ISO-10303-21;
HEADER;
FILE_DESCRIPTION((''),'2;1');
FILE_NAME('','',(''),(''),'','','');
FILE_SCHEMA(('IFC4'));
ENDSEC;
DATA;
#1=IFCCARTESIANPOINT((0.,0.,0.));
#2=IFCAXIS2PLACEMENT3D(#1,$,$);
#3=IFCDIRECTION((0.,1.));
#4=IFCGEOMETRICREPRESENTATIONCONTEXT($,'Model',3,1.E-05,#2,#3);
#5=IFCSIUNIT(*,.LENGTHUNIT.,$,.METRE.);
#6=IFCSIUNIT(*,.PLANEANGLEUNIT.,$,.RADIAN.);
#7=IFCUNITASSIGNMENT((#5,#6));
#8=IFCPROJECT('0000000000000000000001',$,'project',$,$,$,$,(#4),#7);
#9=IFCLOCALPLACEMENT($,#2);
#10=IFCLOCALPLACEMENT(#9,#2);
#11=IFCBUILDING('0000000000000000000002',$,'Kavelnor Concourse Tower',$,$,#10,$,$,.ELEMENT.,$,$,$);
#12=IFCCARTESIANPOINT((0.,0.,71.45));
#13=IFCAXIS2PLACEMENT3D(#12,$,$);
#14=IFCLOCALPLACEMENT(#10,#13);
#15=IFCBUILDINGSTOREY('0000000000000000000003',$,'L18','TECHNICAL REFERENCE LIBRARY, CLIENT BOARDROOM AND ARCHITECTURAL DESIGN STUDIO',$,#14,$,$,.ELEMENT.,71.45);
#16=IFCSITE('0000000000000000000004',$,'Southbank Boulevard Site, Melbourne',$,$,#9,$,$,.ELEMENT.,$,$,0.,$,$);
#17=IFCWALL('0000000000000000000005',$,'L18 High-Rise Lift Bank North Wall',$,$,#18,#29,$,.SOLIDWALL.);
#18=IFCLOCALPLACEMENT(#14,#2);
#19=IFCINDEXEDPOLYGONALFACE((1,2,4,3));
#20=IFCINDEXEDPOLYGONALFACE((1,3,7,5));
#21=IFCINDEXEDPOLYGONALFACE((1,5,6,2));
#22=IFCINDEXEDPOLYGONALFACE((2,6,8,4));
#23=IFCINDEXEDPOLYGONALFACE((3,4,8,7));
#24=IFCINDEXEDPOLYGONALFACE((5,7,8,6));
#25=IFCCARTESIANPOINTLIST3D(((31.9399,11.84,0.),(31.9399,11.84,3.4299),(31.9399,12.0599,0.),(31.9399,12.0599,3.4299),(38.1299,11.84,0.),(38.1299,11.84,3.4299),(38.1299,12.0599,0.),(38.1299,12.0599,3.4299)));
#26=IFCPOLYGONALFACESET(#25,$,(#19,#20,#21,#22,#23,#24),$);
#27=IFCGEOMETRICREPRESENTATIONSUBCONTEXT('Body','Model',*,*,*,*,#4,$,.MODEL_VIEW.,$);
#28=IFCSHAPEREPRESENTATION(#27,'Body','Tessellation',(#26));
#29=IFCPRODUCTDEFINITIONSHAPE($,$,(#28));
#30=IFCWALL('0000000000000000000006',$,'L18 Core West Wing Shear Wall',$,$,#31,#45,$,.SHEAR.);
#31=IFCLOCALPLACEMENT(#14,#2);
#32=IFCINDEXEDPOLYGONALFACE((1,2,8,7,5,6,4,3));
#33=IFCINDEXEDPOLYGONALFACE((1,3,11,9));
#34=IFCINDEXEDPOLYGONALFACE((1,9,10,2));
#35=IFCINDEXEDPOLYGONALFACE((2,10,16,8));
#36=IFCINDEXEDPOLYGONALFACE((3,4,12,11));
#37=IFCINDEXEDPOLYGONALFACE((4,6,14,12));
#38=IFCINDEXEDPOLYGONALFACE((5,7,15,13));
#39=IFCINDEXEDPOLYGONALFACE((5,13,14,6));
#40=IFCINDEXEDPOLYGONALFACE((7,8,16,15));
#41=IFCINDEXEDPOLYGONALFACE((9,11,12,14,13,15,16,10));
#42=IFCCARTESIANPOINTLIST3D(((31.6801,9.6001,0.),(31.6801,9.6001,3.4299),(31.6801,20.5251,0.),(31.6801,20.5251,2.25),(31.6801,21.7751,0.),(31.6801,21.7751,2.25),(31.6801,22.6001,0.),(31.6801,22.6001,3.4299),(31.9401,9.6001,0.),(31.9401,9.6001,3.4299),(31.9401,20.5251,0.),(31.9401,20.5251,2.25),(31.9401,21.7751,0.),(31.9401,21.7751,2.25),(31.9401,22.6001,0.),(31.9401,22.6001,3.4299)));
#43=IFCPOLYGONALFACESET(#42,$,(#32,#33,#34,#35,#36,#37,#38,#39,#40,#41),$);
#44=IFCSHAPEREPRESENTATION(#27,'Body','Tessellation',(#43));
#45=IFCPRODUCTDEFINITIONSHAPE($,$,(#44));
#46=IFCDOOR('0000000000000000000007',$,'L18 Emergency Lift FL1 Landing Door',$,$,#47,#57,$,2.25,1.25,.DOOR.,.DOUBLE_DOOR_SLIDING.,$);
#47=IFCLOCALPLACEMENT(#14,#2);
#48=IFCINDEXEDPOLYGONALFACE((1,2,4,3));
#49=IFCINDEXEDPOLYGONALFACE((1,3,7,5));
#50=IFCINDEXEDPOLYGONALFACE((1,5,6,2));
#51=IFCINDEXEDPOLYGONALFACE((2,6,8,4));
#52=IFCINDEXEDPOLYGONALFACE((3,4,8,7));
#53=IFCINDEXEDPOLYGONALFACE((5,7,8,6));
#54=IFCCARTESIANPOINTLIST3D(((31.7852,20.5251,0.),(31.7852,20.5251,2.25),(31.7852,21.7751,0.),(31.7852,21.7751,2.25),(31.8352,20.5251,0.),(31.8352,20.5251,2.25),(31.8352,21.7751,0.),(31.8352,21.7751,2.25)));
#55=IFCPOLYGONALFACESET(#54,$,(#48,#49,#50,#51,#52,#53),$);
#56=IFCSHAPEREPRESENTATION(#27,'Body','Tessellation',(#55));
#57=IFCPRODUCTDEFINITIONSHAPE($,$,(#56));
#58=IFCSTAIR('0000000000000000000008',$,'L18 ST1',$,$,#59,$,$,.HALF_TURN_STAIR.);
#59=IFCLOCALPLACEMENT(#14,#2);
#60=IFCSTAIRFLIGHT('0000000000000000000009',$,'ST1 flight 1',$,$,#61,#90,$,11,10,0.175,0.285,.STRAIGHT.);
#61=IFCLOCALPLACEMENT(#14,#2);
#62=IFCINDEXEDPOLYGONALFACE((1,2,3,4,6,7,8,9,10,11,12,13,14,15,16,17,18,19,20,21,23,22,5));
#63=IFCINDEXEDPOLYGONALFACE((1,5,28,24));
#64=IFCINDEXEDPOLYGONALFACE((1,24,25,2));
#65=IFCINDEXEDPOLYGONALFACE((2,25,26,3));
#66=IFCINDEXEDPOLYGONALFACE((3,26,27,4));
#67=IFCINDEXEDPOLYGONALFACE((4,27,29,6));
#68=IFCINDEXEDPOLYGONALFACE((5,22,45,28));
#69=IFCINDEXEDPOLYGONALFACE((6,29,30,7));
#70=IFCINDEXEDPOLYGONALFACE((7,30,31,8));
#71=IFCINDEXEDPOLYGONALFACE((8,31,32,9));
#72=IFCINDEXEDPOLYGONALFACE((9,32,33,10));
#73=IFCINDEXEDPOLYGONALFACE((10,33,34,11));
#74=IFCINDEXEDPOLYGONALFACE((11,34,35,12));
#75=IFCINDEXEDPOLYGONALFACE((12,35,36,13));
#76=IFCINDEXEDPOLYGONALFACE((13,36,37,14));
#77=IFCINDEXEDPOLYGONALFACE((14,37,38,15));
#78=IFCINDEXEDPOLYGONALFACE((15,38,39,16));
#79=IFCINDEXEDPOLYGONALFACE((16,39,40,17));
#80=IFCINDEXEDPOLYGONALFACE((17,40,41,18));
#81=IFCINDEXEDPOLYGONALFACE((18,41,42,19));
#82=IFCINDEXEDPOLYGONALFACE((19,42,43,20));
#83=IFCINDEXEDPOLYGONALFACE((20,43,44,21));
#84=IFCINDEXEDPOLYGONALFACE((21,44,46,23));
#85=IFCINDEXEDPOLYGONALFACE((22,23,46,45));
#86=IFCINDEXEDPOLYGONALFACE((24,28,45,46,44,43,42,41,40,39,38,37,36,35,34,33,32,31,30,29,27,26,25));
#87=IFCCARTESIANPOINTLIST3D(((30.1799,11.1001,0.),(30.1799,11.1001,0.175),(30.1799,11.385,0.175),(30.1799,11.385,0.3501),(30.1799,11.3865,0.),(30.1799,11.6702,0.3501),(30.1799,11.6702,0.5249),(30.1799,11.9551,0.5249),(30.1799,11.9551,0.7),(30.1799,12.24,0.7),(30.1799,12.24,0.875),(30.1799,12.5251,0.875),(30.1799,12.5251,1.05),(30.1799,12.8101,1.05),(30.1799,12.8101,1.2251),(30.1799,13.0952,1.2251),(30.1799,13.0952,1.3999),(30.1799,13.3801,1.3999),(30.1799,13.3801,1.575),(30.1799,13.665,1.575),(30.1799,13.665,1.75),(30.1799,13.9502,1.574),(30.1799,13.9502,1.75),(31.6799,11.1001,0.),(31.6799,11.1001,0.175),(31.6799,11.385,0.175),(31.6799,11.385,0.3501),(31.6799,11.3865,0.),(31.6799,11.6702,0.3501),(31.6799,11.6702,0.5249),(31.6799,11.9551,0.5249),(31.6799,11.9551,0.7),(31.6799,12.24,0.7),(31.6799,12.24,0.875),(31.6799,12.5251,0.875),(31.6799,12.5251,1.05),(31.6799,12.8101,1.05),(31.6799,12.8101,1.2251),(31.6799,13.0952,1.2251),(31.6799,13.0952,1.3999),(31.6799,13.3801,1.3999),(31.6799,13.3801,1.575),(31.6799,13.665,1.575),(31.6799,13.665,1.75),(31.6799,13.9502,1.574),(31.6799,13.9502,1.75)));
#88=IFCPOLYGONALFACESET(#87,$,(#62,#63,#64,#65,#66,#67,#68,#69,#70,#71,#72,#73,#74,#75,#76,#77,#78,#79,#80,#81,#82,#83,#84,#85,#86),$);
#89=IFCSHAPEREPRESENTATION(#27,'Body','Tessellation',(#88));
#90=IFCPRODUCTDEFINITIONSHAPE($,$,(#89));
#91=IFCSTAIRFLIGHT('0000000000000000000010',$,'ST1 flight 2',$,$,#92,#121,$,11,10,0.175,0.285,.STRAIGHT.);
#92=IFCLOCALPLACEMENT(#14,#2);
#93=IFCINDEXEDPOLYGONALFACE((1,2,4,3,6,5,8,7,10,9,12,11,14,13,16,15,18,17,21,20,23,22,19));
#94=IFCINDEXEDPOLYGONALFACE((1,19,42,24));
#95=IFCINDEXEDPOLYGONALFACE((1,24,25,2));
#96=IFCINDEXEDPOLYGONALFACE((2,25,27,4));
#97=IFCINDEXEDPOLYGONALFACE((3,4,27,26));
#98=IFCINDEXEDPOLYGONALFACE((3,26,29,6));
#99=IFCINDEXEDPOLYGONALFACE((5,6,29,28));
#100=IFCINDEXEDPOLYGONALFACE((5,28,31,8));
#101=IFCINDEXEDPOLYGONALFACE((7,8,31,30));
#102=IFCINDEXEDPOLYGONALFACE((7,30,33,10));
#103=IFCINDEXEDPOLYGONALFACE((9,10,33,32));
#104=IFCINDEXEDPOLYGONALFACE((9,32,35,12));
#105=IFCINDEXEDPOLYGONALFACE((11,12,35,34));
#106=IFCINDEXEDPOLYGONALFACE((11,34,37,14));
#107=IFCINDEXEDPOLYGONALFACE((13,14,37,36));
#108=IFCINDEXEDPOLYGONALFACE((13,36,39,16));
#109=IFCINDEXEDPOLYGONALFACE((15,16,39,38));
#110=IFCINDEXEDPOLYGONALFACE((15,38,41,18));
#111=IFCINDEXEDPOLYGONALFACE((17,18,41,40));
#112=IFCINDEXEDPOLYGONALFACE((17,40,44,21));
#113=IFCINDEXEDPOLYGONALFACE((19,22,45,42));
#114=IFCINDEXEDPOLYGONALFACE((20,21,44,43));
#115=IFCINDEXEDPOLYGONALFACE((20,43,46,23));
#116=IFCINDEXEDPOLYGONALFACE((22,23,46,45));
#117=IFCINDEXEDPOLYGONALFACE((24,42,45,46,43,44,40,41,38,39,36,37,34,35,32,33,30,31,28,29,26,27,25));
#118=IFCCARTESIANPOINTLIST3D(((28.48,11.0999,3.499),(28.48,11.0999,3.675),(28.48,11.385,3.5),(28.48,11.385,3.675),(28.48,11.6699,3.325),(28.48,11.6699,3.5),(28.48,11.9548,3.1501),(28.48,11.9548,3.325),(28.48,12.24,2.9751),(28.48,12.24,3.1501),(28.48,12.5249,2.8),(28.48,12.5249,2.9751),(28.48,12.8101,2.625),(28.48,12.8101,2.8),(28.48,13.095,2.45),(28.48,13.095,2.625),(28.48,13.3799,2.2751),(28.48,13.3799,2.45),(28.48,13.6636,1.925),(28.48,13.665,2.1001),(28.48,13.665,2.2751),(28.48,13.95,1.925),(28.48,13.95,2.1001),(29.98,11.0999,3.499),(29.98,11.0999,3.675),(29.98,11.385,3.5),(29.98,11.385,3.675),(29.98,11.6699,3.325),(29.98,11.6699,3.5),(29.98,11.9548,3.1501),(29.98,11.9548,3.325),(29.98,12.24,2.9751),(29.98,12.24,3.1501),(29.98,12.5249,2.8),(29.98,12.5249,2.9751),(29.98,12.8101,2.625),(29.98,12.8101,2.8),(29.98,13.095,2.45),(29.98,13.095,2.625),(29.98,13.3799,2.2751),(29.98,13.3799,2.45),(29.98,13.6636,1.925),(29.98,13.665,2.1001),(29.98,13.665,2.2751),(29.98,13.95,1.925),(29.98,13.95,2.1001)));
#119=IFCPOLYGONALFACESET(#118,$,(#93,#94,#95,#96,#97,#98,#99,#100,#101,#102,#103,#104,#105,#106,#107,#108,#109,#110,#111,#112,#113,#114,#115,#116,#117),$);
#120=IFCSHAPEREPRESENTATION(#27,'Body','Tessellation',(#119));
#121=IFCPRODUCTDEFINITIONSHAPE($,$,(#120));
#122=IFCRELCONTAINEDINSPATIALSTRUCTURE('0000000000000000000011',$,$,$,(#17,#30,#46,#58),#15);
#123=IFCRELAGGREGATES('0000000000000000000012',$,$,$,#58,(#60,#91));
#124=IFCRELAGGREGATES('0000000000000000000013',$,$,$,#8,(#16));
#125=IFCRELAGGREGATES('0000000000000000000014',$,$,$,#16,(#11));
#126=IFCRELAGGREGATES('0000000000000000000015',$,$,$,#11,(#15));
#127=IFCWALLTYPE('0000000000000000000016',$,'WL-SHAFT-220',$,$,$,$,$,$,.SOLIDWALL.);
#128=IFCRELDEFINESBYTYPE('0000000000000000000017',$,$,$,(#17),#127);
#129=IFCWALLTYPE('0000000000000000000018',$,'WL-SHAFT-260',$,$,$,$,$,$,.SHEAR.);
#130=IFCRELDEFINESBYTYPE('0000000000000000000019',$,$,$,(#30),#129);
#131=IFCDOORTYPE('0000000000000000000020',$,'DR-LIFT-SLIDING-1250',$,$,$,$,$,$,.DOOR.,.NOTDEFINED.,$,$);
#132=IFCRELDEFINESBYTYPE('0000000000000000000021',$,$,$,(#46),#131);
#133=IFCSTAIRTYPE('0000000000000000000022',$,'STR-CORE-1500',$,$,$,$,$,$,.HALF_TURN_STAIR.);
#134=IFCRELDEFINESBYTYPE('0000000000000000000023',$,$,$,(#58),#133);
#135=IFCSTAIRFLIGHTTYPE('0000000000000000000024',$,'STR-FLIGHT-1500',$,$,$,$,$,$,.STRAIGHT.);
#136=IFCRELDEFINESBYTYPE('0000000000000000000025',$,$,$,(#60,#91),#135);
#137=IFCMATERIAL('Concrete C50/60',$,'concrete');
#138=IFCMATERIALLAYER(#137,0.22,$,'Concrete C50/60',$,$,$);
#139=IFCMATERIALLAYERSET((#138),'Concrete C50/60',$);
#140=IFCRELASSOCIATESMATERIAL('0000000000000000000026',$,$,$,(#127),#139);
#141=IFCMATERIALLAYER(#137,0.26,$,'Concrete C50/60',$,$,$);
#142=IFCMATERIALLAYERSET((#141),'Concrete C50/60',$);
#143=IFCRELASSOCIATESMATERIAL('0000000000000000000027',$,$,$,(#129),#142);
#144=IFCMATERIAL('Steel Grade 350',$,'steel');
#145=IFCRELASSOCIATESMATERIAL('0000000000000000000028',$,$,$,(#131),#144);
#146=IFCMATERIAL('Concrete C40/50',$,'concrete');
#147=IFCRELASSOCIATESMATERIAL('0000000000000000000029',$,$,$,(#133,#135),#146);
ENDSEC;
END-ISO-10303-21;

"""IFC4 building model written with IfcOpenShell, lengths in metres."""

from ifc_helpers import new_model, si_unit, direction, frame, frame_2d, origin, place, context, subcontext, project, spatial, polyline, rectangle, outline, extrude, material, layer, layer_set, type_object, element, fill, aggregate, save


model = new_model("IFC4")

# Units and contexts
model_context = context("Model", 3, precision=1e-05, world=origin(), true_north=direction((0.0, 1.0)))
body_context = subcontext(model_context, "Body", "Model", "MODEL_VIEW")
ifc_project = project(units=[si_unit("LENGTHUNIT", "METRE"), si_unit("PLANEANGLEUNIT", "RADIAN")], contexts=[model_context])

# Site, building, storey
site_placement = place(None, origin())
site = spatial("IfcSite", under=ifc_project, at=site_placement, Name="Southbank Boulevard Site, Melbourne", CompositionType="ELEMENT", RefElevation=0.0)
building_placement = place(site_placement, origin())
building = spatial("IfcBuilding", under=site, at=building_placement, Name="Kavelnor Concourse Tower", CompositionType="ELEMENT")
storey_placement = place(building_placement, frame((0.0, 0.0, 71.45)))
storey = spatial("IfcBuildingStorey", under=building, at=storey_placement, Name="L18", Description="TECHNICAL REFERENCE LIBRARY, CLIENT BOARDROOM AND ARCHITECTURAL DESIGN STUDIO", CompositionType="ELEMENT", Elevation=71.45)

# Shared definitions
ifc_material_1 = material(Name="Steel Grade 350", Category="steel")

# Shared definitions
ifc_material_2 = material(Name="Concrete C50/60", Category="concrete")
ifc_layer_1 = layer(ifc_material_2, 0.22, Name="Concrete C50/60")
ifc_layer_set_1 = layer_set([ifc_layer_1], Name="Concrete C50/60")
wall_type_1 = type_object("IfcWallType", Name="WL-SHAFT-220", PredefinedType="SOLIDWALL", material=ifc_layer_set_1)

# Wall
wall_1_placement = place(storey_placement, frame((31.9399, 11.95, 0.0), z_axis=(0.0, 0.0, 1.0), x_axis=(1.0, 0.0, 0.0)))
element("IfcWall", 1, at=wall_1_placement, inside=storey, type_object=wall_type_1, Name="L18 High-Rise Lift Bank North Wall", PredefinedType="SOLIDWALL", context=body_context, shape_type="SweptSolid", body=[
    extrude(rectangle(XDim=6.1899, YDim=0.22, at=frame_2d((3.095, 0.0))), origin(), (0.0, 0.0, 1.0), 3.4299),
])

# Wall, opening, door
ifc_layer_2 = layer(ifc_material_2, 0.26, Name="Concrete C50/60")
ifc_layer_set_2 = layer_set([ifc_layer_2], Name="Concrete C50/60")
wall_type_2 = type_object("IfcWallType", Name="WL-SHAFT-260", PredefinedType="SHEAR", material=ifc_layer_set_2)
wall_2_placement = place(storey_placement, frame((31.8101, 9.6001, 0.0), z_axis=(0.0, 0.0, 1.0), x_axis=(0.0, 1.0, 0.0)))
wall_2 = element("IfcWall", 2, at=wall_2_placement, inside=storey, type_object=wall_type_2, Name="L18 Core West Wing Shear Wall", PredefinedType="SHEAR", context=body_context, shape_type="SweptSolid", body=[
    extrude(rectangle(XDim=13.0, YDim=0.26, at=frame_2d((6.5, 0.0))), origin(), (0.0, 0.0, 1.0), 3.4299),
])
opening_1_placement = place(wall_2_placement, frame((10.925, 0.0, 0.0)))
opening_1 = element("IfcOpeningElement", 3, at=opening_1_placement, cuts=wall_2, PredefinedType="OPENING", context=body_context, shape_type="SweptSolid", body=[
    extrude(rectangle(XDim=1.25, YDim=2.25, at=frame_2d((0.625, 1.125))), frame((0.0, 0.1401, 0.0), z_axis=(0.0, -1.0, 0.0), x_axis=(1.0, 0.0, 0.0)), (0.0, 0.0, 1.0), 0.28),
])
door_type_1 = type_object("IfcDoorType", Name="DR-LIFT-SLIDING-1250", OperationType="NOTDEFINED", PredefinedType="DOOR", material=ifc_material_1)
door_1_placement = place(opening_1_placement, origin())
door_1 = element("IfcDoor", 4, at=door_1_placement, inside=storey, type_object=door_type_1, Name="L18 Emergency Lift FL1 Landing Door", OperationType="DOUBLE_DOOR_SLIDING", OverallHeight=2.25, OverallWidth=1.25, PredefinedType="DOOR", context=body_context, shape_type="SweptSolid", body=[
    extrude(rectangle(XDim=1.25, YDim=2.25, at=frame_2d((0.625, 1.125))), frame((0.0, 0.0249, 0.0), z_axis=(0.0, -1.0, 0.0), x_axis=(1.0, 0.0, 0.0)), (0.0, 0.0, 1.0), 0.05),
])
fill(opening_1, door_1)

# Stair, stair flights
ifc_material_3 = material(Name="Concrete C40/50", Category="concrete")
stair_type = type_object("IfcStairType", Name="STR-CORE-1500", PredefinedType="HALF_TURN_STAIR", material=ifc_material_3)
stair_placement = place(storey_placement, origin())
stair = element("IfcStair", 5, at=stair_placement, inside=storey, type_object=stair_type, Name="L18 ST1", PredefinedType="HALF_TURN_STAIR")
stair_flight_type = type_object("IfcStairFlightType", Name="STR-FLIGHT-1500", PredefinedType="STRAIGHT", material=ifc_material_3)
stair_flight_1_placement = place(storey_placement, frame((30.9299, 11.1001, 0.0), z_axis=(0.0, 0.0, 1.0), x_axis=(0.0, 1.0, 0.0)))
stair_flight_1 = element("IfcStairFlight", 6, at=stair_flight_1_placement, type_object=stair_flight_type, Name="ST1 flight 1", NumberOfRisers=11, NumberOfTreads=10, PredefinedType="STRAIGHT", RiserHeight=0.175, TreadLength=0.285, context=body_context, shape_type="SweptSolid", body=[
    extrude(outline(polyline([(0.0, 0.0), (0.0, 0.175), (0.2849, 0.175), (0.2849, 0.3501), (0.5701, 0.3501), (0.5701, 0.5249), (0.855, 0.5249), (0.855, 0.7), (1.1399, 0.7), (1.1399, 0.875), (1.425, 0.875), (1.425, 1.05), (1.71, 1.05), (1.71, 1.2251), (1.9951, 1.2251), (1.9951, 1.3999), (2.28, 1.3999), (2.28, 1.575), (2.5649, 1.575), (2.5649, 1.75), (2.8501, 1.75), (2.8501, 1.925), (2.8501, 1.574), (0.2864, 0.0), (0.0, 0.0)])), frame((0.0, 0.75, 0.0), z_axis=(0.0, -1.0, 0.0), x_axis=(1.0, 0.0, 0.0)), (0.0, 0.0, 1.0), 1.5),
])
stair_flight_2_placement = place(storey_placement, frame((29.23, 13.95, 1.925), z_axis=(0.0, 0.0, 1.0), x_axis=(0.0, -1.0, 0.0)))
stair_flight_2 = element("IfcStairFlight", 7, at=stair_flight_2_placement, type_object=stair_flight_type, Name="ST1 flight 2", NumberOfRisers=11, NumberOfTreads=10, PredefinedType="STRAIGHT", RiserHeight=0.175, TreadLength=0.285, context=body_context, shape_type="SweptSolid", body=[
    extrude(outline(polyline([(0.0, 0.0), (0.0, 0.175), (0.2849, 0.175), (0.2849, 0.3501), (0.5701, 0.3501), (0.5701, 0.5249), (0.855, 0.5249), (0.855, 0.7), (1.1399, 0.7), (1.1399, 0.875), (1.425, 0.875), (1.425, 1.05), (1.71, 1.05), (1.71, 1.2251), (1.9951, 1.2251), (1.9951, 1.3999), (2.28, 1.3999), (2.28, 1.575), (2.5649, 1.575), (2.5649, 1.75), (2.8501, 1.75), (2.8501, 1.925), (2.8501, 1.574), (0.2864, 0.0), (0.0, 0.0)])), frame((0.0, 0.75, 0.0), z_axis=(0.0, -1.0, 0.0), x_axis=(1.0, 0.0, 0.0)), (0.0, 0.0, 1.0), 1.5),
])
aggregate(stair, [stair_flight_1, stair_flight_2])

save(model, "model.ifc")
